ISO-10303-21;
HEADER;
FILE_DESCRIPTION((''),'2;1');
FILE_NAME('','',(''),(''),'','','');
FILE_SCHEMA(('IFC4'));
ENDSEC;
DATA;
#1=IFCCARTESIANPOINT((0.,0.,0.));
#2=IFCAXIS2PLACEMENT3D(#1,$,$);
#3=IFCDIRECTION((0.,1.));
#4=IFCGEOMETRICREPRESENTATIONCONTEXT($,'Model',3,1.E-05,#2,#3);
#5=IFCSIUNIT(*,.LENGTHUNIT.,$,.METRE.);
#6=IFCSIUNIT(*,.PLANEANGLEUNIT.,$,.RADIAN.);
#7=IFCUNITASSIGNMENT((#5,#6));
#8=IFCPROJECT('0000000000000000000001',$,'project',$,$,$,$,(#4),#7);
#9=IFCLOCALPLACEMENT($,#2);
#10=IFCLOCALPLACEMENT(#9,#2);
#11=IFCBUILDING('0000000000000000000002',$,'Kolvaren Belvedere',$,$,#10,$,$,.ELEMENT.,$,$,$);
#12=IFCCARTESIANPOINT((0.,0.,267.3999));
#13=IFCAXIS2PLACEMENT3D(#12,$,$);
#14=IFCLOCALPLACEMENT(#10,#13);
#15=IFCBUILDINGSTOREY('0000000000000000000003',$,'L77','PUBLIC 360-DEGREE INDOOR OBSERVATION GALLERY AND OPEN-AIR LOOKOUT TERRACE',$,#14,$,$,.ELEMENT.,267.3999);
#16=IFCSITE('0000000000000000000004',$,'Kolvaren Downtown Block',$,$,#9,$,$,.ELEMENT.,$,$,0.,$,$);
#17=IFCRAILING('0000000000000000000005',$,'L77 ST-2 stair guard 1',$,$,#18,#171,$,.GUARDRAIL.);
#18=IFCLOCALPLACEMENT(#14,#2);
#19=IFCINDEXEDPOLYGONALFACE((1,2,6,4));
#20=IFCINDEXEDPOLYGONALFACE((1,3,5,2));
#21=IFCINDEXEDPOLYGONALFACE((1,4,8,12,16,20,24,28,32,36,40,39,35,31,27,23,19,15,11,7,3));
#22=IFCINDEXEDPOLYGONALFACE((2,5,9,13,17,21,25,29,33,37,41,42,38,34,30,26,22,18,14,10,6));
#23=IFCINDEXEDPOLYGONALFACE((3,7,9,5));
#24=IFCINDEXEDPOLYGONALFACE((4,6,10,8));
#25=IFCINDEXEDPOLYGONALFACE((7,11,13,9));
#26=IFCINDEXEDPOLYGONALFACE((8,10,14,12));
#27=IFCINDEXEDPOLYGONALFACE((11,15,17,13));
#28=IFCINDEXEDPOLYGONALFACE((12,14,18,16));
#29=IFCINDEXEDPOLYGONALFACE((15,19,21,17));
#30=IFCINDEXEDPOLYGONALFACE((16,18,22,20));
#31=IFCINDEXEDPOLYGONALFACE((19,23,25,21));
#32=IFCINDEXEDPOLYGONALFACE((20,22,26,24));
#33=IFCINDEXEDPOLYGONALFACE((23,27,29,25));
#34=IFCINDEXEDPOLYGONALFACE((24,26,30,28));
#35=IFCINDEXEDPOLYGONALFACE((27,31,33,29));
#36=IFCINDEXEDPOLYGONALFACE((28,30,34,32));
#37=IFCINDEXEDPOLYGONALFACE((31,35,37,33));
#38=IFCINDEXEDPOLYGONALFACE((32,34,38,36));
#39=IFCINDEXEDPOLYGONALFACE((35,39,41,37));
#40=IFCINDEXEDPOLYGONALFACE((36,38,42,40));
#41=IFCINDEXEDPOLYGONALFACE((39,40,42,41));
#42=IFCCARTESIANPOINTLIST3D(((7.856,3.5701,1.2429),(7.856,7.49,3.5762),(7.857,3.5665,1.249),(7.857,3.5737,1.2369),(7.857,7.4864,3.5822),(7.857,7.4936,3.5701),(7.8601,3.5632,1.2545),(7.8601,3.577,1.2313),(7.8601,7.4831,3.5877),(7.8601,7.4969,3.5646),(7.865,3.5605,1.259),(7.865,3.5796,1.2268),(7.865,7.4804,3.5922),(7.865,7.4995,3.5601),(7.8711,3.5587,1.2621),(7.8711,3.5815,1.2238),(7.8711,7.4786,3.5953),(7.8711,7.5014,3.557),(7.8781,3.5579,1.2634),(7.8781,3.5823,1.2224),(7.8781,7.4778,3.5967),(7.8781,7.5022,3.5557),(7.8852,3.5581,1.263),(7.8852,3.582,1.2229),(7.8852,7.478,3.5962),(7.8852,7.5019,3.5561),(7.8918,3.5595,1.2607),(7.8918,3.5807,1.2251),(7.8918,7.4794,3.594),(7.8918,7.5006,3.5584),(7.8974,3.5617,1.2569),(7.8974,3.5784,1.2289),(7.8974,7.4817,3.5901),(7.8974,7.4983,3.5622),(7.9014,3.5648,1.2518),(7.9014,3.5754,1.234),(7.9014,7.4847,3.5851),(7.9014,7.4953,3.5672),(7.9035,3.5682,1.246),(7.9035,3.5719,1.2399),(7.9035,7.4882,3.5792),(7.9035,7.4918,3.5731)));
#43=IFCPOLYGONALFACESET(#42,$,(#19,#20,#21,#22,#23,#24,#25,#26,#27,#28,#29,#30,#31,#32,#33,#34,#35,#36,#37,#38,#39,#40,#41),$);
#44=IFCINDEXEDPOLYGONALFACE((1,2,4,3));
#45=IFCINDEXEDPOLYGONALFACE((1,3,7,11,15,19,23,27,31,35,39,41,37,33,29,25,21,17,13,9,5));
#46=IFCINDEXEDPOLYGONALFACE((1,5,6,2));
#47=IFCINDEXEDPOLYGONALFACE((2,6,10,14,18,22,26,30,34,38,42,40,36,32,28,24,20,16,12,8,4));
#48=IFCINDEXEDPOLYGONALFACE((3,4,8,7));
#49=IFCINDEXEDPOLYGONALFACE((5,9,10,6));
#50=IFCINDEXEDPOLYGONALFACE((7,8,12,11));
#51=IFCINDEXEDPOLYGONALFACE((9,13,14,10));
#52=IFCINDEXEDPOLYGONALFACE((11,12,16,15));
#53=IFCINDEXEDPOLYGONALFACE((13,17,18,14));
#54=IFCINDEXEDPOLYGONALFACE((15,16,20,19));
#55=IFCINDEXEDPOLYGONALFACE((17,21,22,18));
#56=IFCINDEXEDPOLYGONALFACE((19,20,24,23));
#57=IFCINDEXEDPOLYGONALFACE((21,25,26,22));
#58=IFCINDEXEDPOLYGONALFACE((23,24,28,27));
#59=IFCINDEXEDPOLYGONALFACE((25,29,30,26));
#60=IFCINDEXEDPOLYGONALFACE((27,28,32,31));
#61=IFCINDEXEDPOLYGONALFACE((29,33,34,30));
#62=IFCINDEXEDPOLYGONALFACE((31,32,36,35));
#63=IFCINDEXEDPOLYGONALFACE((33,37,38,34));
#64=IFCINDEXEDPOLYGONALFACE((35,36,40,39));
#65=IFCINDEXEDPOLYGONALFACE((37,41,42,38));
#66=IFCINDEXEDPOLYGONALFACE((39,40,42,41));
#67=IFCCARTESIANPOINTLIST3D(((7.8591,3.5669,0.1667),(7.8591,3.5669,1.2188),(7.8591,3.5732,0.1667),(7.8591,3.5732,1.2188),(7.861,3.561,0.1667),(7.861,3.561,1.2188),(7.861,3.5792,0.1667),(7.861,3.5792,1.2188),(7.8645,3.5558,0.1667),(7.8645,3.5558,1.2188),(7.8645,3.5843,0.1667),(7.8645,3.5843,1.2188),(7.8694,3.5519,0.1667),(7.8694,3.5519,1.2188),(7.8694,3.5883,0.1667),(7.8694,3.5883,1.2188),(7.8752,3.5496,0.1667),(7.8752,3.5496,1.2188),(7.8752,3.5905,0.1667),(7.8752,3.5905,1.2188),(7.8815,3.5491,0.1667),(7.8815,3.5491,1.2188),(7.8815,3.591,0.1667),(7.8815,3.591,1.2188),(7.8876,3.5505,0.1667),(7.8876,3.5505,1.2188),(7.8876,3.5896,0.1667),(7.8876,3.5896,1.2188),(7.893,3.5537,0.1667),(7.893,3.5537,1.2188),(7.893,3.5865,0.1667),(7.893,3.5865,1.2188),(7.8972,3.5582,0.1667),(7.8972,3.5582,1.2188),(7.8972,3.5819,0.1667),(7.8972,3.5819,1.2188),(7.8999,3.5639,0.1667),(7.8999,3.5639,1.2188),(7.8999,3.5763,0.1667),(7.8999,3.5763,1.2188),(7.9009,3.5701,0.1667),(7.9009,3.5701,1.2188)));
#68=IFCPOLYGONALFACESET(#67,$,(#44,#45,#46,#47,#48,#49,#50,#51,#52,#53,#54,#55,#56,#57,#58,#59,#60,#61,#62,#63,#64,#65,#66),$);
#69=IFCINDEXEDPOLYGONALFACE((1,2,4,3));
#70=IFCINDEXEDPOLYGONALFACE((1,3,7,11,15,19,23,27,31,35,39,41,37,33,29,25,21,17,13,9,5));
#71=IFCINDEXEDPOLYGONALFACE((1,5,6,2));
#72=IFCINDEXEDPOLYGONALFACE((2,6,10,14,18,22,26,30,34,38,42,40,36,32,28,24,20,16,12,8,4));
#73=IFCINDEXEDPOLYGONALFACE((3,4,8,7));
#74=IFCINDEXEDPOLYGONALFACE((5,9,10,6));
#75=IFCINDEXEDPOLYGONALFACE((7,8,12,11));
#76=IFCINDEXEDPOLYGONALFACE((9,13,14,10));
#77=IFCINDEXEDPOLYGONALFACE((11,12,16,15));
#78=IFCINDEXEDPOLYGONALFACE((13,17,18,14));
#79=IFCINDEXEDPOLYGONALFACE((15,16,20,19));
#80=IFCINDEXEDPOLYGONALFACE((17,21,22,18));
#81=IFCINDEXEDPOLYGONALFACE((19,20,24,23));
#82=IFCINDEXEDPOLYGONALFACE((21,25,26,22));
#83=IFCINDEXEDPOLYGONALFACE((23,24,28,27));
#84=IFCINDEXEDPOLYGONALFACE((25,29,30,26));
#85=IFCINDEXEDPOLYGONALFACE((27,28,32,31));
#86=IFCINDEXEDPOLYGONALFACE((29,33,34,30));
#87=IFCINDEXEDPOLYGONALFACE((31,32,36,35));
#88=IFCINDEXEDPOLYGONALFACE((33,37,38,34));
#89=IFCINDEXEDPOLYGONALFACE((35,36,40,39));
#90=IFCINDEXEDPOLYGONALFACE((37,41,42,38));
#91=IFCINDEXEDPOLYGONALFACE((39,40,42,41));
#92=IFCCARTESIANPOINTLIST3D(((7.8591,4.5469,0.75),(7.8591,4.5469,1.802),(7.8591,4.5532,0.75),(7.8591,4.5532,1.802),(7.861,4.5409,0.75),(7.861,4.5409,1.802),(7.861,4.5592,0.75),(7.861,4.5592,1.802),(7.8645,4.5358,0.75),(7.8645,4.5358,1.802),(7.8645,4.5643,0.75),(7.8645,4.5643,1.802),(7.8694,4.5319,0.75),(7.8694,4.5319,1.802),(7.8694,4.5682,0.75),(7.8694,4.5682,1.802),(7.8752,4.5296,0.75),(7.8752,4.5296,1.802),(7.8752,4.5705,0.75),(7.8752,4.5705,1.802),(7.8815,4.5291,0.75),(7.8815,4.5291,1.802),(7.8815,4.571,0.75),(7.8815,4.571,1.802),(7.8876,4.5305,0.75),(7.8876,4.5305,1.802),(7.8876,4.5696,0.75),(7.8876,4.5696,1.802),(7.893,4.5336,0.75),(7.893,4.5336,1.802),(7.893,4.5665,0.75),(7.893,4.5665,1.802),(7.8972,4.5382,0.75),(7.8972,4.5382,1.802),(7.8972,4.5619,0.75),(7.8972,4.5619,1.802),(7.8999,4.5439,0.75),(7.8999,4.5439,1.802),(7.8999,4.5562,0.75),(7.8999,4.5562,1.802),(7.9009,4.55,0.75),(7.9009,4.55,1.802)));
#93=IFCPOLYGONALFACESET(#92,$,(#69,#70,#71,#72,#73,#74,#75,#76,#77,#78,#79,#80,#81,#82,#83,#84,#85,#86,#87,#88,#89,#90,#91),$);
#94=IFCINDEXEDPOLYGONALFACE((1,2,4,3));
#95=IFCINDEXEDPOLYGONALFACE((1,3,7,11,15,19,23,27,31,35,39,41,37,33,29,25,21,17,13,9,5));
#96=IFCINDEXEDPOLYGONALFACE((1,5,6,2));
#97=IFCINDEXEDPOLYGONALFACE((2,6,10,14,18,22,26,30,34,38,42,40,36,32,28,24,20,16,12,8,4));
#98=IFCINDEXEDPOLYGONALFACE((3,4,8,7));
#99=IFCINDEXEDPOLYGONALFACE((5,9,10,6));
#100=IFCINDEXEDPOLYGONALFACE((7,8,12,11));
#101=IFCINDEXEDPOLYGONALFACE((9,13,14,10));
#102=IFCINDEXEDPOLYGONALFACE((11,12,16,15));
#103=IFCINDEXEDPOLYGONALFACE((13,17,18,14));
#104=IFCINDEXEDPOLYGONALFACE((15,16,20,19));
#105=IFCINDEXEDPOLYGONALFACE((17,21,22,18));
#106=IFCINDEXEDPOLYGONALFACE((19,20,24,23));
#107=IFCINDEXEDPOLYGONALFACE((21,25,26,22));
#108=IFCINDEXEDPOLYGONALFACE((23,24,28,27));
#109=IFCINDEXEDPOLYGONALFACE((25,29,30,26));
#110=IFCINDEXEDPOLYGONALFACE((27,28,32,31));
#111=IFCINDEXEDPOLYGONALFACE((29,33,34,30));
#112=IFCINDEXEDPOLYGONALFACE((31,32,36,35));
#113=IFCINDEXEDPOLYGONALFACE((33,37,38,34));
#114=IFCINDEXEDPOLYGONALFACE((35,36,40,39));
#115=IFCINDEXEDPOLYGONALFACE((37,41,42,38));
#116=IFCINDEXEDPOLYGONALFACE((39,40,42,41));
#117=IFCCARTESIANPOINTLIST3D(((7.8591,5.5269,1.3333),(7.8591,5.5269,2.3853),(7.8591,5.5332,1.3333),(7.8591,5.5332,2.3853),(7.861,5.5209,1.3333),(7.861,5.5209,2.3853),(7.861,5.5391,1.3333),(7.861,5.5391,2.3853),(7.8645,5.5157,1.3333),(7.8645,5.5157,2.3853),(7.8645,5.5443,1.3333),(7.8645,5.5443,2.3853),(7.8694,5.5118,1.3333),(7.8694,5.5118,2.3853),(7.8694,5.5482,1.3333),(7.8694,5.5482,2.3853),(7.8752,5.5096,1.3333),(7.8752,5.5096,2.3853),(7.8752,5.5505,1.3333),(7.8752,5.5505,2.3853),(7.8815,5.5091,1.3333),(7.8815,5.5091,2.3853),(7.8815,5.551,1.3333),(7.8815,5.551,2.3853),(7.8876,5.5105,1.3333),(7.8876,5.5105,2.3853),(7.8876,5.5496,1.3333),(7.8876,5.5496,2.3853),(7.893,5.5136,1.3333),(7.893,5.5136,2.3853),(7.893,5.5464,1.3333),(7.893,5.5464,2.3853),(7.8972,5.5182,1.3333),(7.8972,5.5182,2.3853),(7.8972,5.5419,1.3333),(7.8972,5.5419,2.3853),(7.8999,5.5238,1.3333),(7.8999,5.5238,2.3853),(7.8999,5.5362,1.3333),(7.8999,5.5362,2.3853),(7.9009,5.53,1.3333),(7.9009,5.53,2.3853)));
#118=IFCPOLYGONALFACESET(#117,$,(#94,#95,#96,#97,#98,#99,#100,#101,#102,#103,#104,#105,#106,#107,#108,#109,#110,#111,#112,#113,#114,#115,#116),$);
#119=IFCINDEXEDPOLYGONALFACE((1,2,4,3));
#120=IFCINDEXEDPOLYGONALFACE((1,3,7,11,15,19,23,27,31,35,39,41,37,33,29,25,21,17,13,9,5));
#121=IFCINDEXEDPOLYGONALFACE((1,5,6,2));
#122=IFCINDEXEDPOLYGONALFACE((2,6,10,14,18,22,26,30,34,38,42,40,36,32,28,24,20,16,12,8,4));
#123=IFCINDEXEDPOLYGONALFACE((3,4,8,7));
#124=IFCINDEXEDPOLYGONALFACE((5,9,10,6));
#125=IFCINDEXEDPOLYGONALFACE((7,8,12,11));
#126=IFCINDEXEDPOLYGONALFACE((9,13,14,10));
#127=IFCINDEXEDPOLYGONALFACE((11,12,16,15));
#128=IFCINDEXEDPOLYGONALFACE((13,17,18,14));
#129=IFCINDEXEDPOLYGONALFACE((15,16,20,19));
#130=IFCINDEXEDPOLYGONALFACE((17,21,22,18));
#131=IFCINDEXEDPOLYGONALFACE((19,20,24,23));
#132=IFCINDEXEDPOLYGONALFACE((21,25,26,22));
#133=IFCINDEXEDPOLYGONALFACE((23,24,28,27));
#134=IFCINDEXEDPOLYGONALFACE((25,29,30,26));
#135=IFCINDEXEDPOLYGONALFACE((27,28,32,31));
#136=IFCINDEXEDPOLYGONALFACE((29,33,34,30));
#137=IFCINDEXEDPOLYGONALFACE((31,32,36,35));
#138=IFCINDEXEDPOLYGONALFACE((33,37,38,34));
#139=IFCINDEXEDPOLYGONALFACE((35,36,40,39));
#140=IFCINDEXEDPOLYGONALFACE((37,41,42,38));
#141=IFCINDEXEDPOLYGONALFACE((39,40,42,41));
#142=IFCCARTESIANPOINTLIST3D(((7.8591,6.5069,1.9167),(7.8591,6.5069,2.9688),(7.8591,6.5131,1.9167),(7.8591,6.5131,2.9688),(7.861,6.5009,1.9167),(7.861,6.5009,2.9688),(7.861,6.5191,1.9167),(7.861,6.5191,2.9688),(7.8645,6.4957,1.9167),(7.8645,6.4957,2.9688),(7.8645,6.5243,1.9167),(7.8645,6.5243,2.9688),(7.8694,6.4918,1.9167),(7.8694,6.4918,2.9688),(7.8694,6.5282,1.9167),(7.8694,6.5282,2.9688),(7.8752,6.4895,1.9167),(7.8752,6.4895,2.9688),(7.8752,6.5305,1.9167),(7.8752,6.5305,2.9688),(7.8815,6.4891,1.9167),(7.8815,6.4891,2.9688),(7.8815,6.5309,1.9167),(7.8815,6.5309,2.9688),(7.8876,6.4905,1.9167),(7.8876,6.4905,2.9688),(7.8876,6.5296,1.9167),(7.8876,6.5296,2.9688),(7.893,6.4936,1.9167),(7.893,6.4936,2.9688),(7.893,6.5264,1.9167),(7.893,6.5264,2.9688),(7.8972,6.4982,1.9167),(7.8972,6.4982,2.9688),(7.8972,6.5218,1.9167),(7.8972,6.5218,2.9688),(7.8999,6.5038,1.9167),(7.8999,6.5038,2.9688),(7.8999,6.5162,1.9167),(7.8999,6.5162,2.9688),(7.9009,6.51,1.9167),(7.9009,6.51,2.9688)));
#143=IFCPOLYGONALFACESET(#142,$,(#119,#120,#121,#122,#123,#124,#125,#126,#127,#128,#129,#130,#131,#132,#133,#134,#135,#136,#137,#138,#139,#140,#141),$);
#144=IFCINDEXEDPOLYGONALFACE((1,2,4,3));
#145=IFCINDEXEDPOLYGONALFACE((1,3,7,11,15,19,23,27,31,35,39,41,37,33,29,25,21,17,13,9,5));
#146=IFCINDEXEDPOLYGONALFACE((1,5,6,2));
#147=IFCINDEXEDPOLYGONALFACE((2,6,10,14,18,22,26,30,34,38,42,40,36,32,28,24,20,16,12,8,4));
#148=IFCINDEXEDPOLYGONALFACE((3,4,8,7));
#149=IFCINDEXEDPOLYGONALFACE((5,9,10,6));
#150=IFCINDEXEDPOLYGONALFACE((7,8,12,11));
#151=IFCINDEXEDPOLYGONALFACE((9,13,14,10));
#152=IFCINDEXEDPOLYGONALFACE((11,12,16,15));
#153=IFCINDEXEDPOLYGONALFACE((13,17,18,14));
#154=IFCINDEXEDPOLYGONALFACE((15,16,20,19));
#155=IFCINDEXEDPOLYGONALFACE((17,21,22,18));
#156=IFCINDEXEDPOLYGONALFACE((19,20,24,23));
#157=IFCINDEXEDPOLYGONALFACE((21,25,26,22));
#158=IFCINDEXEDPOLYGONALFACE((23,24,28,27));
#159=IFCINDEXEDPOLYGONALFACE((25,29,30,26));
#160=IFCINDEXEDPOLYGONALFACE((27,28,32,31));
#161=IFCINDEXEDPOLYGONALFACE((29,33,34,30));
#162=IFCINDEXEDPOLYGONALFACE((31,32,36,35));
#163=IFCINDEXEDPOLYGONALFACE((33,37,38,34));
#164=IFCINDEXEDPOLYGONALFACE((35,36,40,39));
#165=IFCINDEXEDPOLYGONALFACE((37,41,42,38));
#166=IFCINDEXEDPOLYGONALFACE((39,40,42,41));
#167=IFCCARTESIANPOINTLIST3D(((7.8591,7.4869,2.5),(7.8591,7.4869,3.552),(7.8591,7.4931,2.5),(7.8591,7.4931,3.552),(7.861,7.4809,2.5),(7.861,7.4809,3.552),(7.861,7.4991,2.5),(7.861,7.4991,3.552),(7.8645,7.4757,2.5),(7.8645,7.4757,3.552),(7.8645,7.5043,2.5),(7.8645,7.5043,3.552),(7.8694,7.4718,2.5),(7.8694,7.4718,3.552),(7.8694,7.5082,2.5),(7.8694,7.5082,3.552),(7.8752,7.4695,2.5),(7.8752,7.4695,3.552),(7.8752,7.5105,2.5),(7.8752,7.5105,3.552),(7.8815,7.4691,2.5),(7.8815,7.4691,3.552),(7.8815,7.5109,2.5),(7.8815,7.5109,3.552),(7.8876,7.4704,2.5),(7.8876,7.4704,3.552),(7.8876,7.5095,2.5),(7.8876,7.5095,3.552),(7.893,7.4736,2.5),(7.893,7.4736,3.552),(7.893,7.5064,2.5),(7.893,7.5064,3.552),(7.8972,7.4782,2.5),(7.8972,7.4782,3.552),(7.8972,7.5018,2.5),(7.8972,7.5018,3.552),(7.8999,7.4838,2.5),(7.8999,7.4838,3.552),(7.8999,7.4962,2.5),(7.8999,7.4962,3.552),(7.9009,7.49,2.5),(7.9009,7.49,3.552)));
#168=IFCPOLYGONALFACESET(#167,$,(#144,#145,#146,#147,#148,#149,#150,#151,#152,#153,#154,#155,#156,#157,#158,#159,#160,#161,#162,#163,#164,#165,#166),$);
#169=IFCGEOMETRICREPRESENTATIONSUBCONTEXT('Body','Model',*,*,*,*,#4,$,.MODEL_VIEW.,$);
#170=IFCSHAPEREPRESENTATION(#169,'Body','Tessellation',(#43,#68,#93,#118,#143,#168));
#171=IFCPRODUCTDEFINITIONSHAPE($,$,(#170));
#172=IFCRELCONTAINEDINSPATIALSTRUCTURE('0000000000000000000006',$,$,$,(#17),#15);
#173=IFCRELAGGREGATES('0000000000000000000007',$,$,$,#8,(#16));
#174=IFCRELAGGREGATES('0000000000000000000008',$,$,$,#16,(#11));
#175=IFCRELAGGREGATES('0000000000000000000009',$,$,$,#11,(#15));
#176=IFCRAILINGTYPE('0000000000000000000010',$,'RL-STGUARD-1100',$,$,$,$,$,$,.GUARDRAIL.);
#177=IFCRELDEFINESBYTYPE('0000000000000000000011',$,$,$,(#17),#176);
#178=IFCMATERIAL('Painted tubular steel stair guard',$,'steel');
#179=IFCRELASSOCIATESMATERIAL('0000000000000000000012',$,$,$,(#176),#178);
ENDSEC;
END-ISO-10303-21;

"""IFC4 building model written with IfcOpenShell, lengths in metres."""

from ifc_helpers import new_model, si_unit, direction, frame, origin, origin_2d, place, context, subcontext, project, spatial, circle, extrude, material, type_object, element, save


model = new_model("IFC4")

# Units and contexts
model_context = context("Model", 3, precision=1e-05, world=origin(), true_north=direction((0.0, 1.0)))
body_context = subcontext(model_context, "Body", "Model", "MODEL_VIEW")
ifc_project = project(units=[si_unit("LENGTHUNIT", "METRE"), si_unit("PLANEANGLEUNIT", "RADIAN")], contexts=[model_context])

# Site, building, storey
site_placement = place(None, origin())
site = spatial("IfcSite", under=ifc_project, at=site_placement, Name="Kolvaren Downtown Block", CompositionType="ELEMENT", RefElevation=0.0)
building_placement = place(site_placement, origin())
building = spatial("IfcBuilding", under=site, at=building_placement, Name="Kolvaren Belvedere", CompositionType="ELEMENT")
storey_placement = place(building_placement, frame((0.0, 0.0, 267.3999)))
storey = spatial("IfcBuildingStorey", under=building, at=storey_placement, Name="L77", Description="PUBLIC 360-DEGREE INDOOR OBSERVATION GALLERY AND OPEN-AIR LOOKOUT TERRACE", CompositionType="ELEMENT", Elevation=267.3999)

# Railing
ifc_material_1 = material(Name="Painted tubular steel stair guard", Category="steel")
railing_type_1 = type_object("IfcRailingType", Name="RL-STGUARD-1100", PredefinedType="GUARDRAIL", material=ifc_material_1)
railing_1_placement = place(storey_placement, frame((7.8799, 3.5701, 0.1667)))
element("IfcRailing", 1, at=railing_1_placement, inside=storey, type_object=railing_type_1, Name="L77 ST-2 stair guard 1", PredefinedType="GUARDRAIL", context=body_context, shape_type="SweptSolid", body=[
    extrude(circle(Radius=0.0239, at=origin_2d()), frame((0.0, 0.0, 1.0762), z_axis=(0.0, 0.859296, 0.511478), x_axis=(-1.0, 0.0, 0.0)), (0.0, 0.0, 1.0), 4.5618),
    extrude(circle(Radius=0.021, at=origin_2d()), origin(), (0.0, 0.0, 1.0), 1.052),
    extrude(circle(Radius=0.021, at=origin_2d()), frame((0.0, 0.98, 0.5833)), (0.0, 0.0, 1.0), 1.052),
    extrude(circle(Radius=0.021, at=origin_2d()), frame((0.0, 1.96, 1.1665)), (0.0, 0.0, 1.0), 1.052),
    extrude(circle(Radius=0.021, at=origin_2d()), frame((0.0, 2.9399, 1.75)), (0.0, 0.0, 1.0), 1.052),
    extrude(circle(Radius=0.021, at=origin_2d()), frame((0.0, 3.9199, 2.3333)), (0.0, 0.0, 1.0), 1.052),
])

save(model, "model.ifc")
